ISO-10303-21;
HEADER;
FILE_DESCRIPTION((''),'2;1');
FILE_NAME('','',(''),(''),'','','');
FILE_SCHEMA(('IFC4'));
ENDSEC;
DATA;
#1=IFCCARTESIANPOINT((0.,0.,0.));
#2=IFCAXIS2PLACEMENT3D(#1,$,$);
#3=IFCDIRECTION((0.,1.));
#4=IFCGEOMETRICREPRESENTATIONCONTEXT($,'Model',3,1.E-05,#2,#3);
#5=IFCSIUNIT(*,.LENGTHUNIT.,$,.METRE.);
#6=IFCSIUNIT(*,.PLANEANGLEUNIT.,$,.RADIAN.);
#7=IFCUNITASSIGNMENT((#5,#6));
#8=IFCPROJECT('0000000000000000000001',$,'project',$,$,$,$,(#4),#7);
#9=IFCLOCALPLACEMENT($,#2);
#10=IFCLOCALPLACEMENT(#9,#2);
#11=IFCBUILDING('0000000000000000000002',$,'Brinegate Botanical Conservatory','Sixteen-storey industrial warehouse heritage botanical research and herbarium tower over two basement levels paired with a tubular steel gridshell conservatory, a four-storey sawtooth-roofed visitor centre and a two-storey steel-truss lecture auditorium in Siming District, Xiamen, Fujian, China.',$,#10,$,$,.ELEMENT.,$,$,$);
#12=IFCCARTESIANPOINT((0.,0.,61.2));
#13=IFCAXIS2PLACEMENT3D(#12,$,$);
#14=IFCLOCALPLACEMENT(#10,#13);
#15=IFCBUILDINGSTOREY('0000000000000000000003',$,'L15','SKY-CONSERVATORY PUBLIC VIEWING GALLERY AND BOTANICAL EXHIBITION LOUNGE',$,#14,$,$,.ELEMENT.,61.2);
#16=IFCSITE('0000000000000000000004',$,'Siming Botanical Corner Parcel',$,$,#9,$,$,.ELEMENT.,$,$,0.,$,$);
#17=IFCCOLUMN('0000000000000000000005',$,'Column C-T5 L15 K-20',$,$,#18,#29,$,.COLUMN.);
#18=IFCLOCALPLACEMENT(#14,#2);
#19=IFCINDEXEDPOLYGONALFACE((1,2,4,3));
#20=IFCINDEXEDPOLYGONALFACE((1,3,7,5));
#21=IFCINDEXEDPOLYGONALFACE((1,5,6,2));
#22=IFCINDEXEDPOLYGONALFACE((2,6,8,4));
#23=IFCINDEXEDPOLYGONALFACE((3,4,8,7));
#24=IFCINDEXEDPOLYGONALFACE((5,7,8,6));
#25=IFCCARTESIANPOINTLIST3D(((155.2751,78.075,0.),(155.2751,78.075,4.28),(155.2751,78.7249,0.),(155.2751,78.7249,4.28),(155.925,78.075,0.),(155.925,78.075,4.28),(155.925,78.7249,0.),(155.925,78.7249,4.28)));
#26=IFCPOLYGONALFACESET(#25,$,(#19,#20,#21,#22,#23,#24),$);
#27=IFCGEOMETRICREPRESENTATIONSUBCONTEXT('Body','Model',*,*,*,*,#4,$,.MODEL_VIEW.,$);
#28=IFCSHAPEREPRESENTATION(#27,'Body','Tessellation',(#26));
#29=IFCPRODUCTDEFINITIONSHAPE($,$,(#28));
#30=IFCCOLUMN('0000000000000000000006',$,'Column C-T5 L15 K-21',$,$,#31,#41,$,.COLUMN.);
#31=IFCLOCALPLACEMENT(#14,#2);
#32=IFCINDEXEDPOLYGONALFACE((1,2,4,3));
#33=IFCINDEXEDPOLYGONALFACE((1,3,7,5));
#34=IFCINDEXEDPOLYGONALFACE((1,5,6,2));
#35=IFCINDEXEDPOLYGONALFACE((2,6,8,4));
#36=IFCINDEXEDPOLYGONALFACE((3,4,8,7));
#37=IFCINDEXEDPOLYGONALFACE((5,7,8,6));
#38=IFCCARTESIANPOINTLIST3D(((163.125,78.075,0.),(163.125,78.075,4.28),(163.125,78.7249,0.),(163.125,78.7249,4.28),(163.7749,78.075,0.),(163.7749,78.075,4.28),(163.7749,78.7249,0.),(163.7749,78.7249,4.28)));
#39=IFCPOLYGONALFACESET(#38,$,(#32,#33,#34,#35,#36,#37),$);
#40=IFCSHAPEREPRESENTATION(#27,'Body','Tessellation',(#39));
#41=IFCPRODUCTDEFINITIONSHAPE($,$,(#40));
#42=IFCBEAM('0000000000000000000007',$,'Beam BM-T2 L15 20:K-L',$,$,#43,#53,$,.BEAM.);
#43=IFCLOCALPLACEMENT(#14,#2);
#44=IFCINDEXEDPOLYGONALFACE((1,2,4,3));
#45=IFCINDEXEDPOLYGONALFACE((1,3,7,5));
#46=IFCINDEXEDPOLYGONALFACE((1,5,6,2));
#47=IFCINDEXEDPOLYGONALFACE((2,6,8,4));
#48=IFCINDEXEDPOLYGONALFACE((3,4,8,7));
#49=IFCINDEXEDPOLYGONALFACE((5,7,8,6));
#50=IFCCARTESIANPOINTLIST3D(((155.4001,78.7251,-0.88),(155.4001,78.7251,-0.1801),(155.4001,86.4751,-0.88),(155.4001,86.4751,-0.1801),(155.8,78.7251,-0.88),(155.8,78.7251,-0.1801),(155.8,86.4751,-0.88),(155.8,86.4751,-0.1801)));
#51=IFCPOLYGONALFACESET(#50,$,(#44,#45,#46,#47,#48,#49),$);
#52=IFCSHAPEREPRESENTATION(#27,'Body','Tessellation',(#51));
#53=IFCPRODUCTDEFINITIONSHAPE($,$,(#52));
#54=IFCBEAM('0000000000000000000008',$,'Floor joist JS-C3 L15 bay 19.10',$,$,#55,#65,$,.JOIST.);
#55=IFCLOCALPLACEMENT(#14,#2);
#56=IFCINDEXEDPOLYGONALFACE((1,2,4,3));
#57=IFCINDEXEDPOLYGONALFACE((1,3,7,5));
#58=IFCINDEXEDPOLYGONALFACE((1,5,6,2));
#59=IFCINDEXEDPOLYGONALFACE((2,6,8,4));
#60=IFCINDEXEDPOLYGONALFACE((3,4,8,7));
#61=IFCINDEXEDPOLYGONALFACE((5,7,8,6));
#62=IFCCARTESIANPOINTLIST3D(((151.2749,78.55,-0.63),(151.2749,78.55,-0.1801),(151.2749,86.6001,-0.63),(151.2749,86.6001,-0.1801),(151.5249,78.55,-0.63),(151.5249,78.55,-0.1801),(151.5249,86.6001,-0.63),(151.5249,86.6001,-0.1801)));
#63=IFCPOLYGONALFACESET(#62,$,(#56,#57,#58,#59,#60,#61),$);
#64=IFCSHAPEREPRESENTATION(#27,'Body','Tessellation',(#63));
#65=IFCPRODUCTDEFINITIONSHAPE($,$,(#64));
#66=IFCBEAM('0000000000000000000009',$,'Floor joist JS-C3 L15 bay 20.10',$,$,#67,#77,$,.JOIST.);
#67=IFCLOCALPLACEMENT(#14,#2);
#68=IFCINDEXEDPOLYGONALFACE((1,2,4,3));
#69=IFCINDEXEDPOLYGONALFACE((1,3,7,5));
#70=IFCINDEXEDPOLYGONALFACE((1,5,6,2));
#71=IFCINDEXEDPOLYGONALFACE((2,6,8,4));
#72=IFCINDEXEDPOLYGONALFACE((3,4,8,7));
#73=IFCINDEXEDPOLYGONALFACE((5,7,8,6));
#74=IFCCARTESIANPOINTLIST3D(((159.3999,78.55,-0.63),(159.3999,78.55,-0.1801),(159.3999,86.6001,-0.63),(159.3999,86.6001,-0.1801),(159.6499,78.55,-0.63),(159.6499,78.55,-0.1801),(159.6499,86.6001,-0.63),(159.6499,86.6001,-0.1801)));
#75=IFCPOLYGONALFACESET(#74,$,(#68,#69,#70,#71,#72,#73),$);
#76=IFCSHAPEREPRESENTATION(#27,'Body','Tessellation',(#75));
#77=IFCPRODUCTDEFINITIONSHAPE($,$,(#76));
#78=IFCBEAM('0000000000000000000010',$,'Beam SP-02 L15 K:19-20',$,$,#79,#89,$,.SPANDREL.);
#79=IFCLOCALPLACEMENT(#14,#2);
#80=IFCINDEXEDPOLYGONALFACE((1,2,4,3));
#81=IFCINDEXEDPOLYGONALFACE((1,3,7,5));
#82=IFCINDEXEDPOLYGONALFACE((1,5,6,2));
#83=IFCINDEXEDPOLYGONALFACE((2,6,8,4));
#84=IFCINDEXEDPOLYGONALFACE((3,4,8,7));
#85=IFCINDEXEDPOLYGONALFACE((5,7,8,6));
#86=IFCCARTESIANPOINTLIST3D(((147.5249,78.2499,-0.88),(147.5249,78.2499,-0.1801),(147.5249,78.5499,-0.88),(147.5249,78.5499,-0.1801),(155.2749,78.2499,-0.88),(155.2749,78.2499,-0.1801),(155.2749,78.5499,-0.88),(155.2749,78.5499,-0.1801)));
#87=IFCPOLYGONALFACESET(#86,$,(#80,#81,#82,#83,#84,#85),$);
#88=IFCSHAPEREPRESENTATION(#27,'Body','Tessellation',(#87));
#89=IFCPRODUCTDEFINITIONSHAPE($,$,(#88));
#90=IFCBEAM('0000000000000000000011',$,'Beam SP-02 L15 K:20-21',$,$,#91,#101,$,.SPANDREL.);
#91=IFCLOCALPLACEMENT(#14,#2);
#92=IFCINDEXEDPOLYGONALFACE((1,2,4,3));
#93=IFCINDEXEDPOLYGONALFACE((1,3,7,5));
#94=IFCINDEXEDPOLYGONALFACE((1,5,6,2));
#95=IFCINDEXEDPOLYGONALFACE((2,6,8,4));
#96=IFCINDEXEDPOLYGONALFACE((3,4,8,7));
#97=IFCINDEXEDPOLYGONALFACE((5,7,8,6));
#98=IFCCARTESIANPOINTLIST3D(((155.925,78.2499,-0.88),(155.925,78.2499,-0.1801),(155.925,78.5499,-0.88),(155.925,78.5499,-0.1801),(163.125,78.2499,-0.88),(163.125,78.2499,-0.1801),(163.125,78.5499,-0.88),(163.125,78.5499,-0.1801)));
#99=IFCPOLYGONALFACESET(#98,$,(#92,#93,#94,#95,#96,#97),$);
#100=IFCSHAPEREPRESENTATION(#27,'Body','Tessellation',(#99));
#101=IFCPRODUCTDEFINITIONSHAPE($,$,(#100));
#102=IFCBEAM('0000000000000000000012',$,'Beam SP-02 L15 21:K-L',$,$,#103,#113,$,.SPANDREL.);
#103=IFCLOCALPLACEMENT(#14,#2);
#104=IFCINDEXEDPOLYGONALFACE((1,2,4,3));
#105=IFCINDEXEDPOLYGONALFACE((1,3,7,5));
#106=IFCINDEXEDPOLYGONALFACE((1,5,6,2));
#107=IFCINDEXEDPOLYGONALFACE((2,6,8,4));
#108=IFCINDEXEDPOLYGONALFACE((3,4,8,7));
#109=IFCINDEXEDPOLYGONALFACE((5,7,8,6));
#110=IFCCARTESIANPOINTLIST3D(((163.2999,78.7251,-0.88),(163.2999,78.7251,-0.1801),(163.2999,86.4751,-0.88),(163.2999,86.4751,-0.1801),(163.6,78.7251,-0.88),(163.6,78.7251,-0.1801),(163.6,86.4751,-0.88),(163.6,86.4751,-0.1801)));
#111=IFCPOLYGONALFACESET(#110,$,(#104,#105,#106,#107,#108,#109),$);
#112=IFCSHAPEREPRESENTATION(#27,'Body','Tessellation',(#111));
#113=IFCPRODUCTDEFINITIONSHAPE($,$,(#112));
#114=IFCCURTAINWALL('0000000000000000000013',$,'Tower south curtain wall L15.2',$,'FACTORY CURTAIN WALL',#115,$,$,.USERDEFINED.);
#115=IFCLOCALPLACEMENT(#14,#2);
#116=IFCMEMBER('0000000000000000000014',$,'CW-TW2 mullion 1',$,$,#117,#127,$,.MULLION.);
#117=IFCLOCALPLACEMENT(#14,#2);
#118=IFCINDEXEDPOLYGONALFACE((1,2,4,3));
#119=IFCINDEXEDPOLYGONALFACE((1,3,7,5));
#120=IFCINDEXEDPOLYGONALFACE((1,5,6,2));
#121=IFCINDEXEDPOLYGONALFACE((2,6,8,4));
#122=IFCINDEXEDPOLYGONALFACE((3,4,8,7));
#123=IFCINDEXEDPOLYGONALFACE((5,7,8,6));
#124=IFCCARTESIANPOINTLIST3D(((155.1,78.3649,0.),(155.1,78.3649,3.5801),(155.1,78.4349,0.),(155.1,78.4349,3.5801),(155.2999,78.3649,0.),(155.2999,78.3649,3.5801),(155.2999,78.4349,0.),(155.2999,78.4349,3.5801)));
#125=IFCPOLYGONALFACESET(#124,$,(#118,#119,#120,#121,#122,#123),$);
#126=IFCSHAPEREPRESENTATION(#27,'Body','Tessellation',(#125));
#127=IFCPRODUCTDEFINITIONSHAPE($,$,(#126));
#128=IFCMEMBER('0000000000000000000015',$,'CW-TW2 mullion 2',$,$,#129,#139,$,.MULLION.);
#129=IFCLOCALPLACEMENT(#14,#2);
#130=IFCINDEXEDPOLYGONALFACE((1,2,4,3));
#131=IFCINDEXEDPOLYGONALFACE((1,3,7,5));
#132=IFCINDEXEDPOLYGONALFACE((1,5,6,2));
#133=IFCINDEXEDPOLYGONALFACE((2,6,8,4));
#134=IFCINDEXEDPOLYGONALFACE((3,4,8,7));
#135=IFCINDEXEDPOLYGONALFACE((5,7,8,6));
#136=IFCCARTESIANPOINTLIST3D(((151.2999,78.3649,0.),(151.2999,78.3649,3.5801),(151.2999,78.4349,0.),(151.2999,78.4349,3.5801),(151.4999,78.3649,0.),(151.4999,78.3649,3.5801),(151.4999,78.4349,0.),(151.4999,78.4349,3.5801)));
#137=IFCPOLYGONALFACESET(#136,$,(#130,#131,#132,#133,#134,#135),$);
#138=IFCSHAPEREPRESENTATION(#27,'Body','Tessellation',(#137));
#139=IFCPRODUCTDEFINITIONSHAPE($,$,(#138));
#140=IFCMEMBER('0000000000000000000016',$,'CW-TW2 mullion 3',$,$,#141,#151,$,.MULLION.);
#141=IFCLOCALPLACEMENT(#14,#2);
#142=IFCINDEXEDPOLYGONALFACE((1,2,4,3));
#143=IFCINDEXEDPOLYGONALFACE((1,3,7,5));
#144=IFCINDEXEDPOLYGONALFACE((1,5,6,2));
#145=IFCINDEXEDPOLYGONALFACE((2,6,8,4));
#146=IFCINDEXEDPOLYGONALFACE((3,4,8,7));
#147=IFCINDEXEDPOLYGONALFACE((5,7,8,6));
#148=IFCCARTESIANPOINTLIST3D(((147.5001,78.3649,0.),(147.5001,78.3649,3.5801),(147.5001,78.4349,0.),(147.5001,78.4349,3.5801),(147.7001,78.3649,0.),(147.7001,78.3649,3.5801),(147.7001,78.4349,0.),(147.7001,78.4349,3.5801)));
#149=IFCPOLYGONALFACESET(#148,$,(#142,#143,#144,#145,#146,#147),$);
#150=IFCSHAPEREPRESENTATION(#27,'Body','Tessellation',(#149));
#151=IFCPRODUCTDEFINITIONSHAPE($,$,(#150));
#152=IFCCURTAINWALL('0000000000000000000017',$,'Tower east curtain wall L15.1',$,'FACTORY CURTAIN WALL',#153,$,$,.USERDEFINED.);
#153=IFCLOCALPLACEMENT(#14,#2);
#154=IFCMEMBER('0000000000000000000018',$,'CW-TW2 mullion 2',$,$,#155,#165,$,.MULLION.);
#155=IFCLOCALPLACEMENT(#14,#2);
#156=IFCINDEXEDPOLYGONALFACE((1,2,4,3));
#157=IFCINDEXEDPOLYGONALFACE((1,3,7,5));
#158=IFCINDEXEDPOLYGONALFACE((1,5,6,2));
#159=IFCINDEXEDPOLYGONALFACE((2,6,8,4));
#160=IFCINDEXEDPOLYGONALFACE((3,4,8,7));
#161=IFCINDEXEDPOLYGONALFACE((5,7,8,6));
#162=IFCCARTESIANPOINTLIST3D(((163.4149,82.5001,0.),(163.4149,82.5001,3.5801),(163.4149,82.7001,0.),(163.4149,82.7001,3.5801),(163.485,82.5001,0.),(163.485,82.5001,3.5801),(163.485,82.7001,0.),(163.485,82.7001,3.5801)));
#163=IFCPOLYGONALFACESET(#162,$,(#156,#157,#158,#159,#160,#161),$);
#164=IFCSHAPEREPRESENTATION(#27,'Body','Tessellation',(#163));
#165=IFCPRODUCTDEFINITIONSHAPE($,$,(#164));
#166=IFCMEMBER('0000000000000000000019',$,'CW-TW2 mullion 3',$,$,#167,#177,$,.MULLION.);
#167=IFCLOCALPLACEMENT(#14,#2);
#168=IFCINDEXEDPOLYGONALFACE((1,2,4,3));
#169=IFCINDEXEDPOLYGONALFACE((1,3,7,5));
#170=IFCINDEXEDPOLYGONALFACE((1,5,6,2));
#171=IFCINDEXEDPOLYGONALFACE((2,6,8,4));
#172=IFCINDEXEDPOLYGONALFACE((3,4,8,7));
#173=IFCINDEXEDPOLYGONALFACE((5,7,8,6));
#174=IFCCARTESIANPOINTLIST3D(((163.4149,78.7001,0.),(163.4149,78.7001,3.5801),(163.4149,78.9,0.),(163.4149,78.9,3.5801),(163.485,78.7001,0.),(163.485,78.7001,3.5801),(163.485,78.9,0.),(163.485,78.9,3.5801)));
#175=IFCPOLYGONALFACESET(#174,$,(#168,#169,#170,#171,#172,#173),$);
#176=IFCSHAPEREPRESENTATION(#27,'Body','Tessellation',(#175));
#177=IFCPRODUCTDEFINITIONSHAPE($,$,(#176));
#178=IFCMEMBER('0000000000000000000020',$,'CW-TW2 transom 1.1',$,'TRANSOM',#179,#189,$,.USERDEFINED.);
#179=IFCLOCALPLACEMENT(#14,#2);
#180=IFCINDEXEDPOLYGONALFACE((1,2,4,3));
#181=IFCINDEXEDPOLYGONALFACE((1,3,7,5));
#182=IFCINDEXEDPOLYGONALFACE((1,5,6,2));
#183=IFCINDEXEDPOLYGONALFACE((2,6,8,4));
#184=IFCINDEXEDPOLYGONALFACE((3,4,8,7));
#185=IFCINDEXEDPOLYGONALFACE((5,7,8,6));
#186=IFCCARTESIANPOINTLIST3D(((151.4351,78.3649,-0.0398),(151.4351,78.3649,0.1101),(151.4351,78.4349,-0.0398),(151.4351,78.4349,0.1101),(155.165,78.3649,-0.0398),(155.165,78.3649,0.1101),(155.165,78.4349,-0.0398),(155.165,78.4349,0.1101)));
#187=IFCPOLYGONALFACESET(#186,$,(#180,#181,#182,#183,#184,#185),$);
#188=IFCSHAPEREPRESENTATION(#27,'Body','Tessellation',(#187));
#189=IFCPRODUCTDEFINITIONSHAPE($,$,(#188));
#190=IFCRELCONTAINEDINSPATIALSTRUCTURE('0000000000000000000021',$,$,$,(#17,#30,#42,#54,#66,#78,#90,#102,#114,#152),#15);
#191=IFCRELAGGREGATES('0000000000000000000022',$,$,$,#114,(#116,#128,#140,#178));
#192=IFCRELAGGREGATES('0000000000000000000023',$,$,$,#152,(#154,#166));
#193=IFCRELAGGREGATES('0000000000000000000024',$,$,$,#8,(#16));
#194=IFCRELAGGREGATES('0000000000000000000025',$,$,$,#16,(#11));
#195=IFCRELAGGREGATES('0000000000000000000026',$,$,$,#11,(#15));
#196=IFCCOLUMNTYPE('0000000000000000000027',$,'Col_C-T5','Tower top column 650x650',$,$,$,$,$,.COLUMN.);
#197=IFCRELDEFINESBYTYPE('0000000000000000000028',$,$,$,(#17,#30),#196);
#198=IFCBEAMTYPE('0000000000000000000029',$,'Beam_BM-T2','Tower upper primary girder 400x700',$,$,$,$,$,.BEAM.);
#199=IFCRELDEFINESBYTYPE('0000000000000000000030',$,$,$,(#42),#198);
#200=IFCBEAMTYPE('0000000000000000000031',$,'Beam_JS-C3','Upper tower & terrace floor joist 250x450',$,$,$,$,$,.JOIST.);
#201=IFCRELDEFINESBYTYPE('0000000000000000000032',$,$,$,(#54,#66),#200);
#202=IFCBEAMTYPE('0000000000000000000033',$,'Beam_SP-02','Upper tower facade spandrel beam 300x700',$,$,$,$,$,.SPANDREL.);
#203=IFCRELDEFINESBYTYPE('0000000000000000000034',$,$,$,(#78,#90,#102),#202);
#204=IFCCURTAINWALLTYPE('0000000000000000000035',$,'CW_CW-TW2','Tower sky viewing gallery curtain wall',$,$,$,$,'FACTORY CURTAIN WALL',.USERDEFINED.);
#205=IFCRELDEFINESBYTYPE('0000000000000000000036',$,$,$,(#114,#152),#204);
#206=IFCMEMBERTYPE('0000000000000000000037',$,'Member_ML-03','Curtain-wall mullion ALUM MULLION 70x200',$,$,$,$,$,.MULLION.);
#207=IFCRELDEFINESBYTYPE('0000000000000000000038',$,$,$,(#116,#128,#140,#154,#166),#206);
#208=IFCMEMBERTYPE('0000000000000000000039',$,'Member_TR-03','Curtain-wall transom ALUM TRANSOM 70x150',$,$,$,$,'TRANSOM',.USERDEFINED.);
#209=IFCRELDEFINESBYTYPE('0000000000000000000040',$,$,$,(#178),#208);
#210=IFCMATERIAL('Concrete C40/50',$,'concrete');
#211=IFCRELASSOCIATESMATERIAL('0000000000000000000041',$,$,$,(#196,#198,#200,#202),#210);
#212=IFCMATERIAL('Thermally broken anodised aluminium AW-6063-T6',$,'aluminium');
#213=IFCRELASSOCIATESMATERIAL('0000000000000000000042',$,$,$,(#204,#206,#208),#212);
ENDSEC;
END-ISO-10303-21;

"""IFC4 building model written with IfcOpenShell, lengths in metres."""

from ifc_helpers import new_model, si_unit, direction, frame, origin, origin_2d, place, context, subcontext, project, spatial, rectangle, extrude, material, material_profile, profile_set, type_object, element, aggregate, save


model = new_model("IFC4")

# Units and contexts
model_context = context("Model", 3, precision=1e-05, world=origin(), true_north=direction((0.0, 1.0)))
body_context = subcontext(model_context, "Body", "Model", "MODEL_VIEW")
ifc_project = project(units=[si_unit("LENGTHUNIT", "METRE"), si_unit("PLANEANGLEUNIT", "RADIAN")], contexts=[model_context])

# Site, building, storey
site_placement = place(None, origin())
site = spatial("IfcSite", under=ifc_project, at=site_placement, Name="Siming Botanical Corner Parcel", CompositionType="ELEMENT", RefElevation=0.0)
building_placement = place(site_placement, origin())
building = spatial("IfcBuilding", under=site, at=building_placement, Name="Brinegate Botanical Conservatory", Description="Sixteen-storey industrial warehouse heritage botanical research and herbarium tower over two basement levels paired with a tubular steel gridshell conservatory, a four-storey sawtooth-roofed visitor centre and a two-storey steel-truss lecture auditorium in Siming District, Xiamen, Fujian, China.", CompositionType="ELEMENT")
storey_placement = place(building_placement, frame((0.0, 0.0, 61.2)))
storey = spatial("IfcBuildingStorey", under=building, at=storey_placement, Name="L15", Description="SKY-CONSERVATORY PUBLIC VIEWING GALLERY AND BOTANICAL EXHIBITION LOUNGE", CompositionType="ELEMENT", Elevation=61.2)

# Columns
ifc_material_1 = material(Name="Concrete C40/50", Category="concrete")
ifc_material_profile_1 = material_profile(ifc_material_1, rectangle(XDim=0.6499, YDim=0.6499, at=origin_2d()), Name="RC COL 650x650")
ifc_profile_set_1 = profile_set([ifc_material_profile_1], Name="Concrete C40/50")
column_type = type_object("IfcColumnType", Name="Col_C-T5", Description="Tower top column 650x650", PredefinedType="COLUMN", material=ifc_profile_set_1)
for number, where, z_axis, x_axis, name in (
    (1, (155.6001, 78.3999, 0.0), (0.0, 0.0, 1.0), (1.0, 0.0, 0.0), "Column C-T5 L15 K-20"),
    (2, (163.45, 78.3999, 0.0), (0.0, 0.0, 1.0), (1.0, 0.0, 0.0), "Column C-T5 L15 K-21"),
):
    element("IfcColumn", number, at=place(storey_placement, frame(where, z_axis=z_axis, x_axis=x_axis)), inside=storey, type_object=column_type, Name=name, PredefinedType="COLUMN", context=body_context, shape_type="SweptSolid", body=[
        extrude(rectangle(XDim=0.6499, YDim=0.6499, at=origin_2d()), origin(), (0.0, 0.0, 1.0), 4.28),
    ])

# Beams
ifc_material_profile_2 = material_profile(ifc_material_1, rectangle(XDim=0.3999, YDim=0.7, at=origin_2d()), Name="RC BM 400x700")
ifc_profile_set_2 = profile_set([ifc_material_profile_2], Name="Concrete C40/50")
beam_type_1 = type_object("IfcBeamType", Name="Beam_BM-T2", Description="Tower upper primary girder 400x700", PredefinedType="BEAM", material=ifc_profile_set_2)
beam_1_placement = place(storey_placement, frame((155.6001, 78.7251, -0.53), z_axis=(0.0, 1.0, 0.0), x_axis=(-1.0, 0.0, 0.0)))
element("IfcBeam", 3, at=beam_1_placement, inside=storey, type_object=beam_type_1, Name="Beam BM-T2 L15 20:K-L", PredefinedType="BEAM", context=body_context, shape_type="SweptSolid", body=[
    extrude(rectangle(XDim=0.3999, YDim=0.7, at=origin_2d()), origin(), (0.0, 0.0, 1.0), 7.75),
])
ifc_material_profile_3 = material_profile(ifc_material_1, rectangle(XDim=0.25, YDim=0.45, at=origin_2d()), Name="RC JST 250x450")
ifc_profile_set_3 = profile_set([ifc_material_profile_3], Name="Concrete C40/50")
beam_type_2 = type_object("IfcBeamType", Name="Beam_JS-C3", Description="Upper tower & terrace floor joist 250x450", PredefinedType="JOIST", material=ifc_profile_set_3)
for number, where, z_axis, x_axis, name in (
    (4, (151.3999, 78.55, -0.405), (0.0, 1.0, 0.0), (-1.0, 0.0, 0.0), "Floor joist JS-C3 L15 bay 19.10"),
    (5, (159.5249, 78.55, -0.405), (0.0, 1.0, 0.0), (-1.0, 0.0, 0.0), "Floor joist JS-C3 L15 bay 20.10"),
):
    element("IfcBeam", number, at=place(storey_placement, frame(where, z_axis=z_axis, x_axis=x_axis)), inside=storey, type_object=beam_type_2, Name=name, PredefinedType="JOIST", context=body_context, shape_type="SweptSolid", body=[
        extrude(rectangle(XDim=0.25, YDim=0.45, at=origin_2d()), origin(), (0.0, 0.0, 1.0), 8.05),
    ])
ifc_material_profile_4 = material_profile(ifc_material_1, rectangle(XDim=0.3, YDim=0.7, at=origin_2d()), Name="RC SPN 300x700")
ifc_profile_set_4 = profile_set([ifc_material_profile_4], Name="Concrete C40/50")
beam_type_3 = type_object("IfcBeamType", Name="Beam_SP-02", Description="Upper tower facade spandrel beam 300x700", PredefinedType="SPANDREL", material=ifc_profile_set_4)
beam_2_placement = place(storey_placement, frame((147.5249, 78.3999, -0.53), z_axis=(1.0, 0.0, 0.0), x_axis=(0.0, 1.0, 0.0)))
element("IfcBeam", 6, at=beam_2_placement, inside=storey, type_object=beam_type_3, Name="Beam SP-02 L15 K:19-20", PredefinedType="SPANDREL", context=body_context, shape_type="SweptSolid", body=[
    extrude(rectangle(XDim=0.3, YDim=0.7, at=origin_2d()), origin(), (0.0, 0.0, 1.0), 7.75),
])
beam_3_placement = place(storey_placement, frame((155.925, 78.3999, -0.53), z_axis=(1.0, 0.0, 0.0), x_axis=(0.0, 1.0, 0.0)))
element("IfcBeam", 7, at=beam_3_placement, inside=storey, type_object=beam_type_3, Name="Beam SP-02 L15 K:20-21", PredefinedType="SPANDREL", context=body_context, shape_type="SweptSolid", body=[
    extrude(rectangle(XDim=0.3, YDim=0.7, at=origin_2d()), origin(), (0.0, 0.0, 1.0), 7.2),
])
beam_4_placement = place(storey_placement, frame((163.45, 78.7251, -0.53), z_axis=(0.0, 1.0, 0.0), x_axis=(-1.0, 0.0, 0.0)))
element("IfcBeam", 8, at=beam_4_placement, inside=storey, type_object=beam_type_3, Name="Beam SP-02 L15 21:K-L", PredefinedType="SPANDREL", context=body_context, shape_type="SweptSolid", body=[
    extrude(rectangle(XDim=0.3, YDim=0.7, at=origin_2d()), origin(), (0.0, 0.0, 1.0), 7.75),
])

# Curtain walls, members
ifc_material_2 = material(Name="Thermally broken anodised aluminium AW-6063-T6", Category="aluminium")
curtain_wall_type = type_object("IfcCurtainWallType", Name="CW_CW-TW2", Description="Tower sky viewing gallery curtain wall", ElementType="FACTORY CURTAIN WALL", PredefinedType="USERDEFINED", material=ifc_material_2)
curtain_wall_1_placement = place(storey_placement, origin())
curtain_wall_1 = element("IfcCurtainWall", 9, at=curtain_wall_1_placement, inside=storey, type_object=curtain_wall_type, Name="Tower south curtain wall L15.2", ObjectType="FACTORY CURTAIN WALL", PredefinedType="USERDEFINED")
ifc_material_profile_5 = material_profile(ifc_material_2, rectangle(XDim=0.0701, YDim=0.2, at=origin_2d()), Name="ALUM MULLION 70x200")
ifc_profile_set_5 = profile_set([ifc_material_profile_5], Name="Thermally broken anodised aluminium AW-6063-T6")
member_type_1 = type_object("IfcMemberType", Name="Member_ML-03", Description="Curtain-wall mullion ALUM MULLION 70x200", PredefinedType="MULLION", material=ifc_profile_set_5)
member_1_placement = place(storey_placement, frame((155.2, 78.3999, 0.0), z_axis=(0.0, 0.0, 1.0), x_axis=(0.0, -1.0, 0.0)))
member_1 = element("IfcMember", 10, at=member_1_placement, type_object=member_type_1, Name="CW-TW2 mullion 1", PredefinedType="MULLION", context=body_context, shape_type="SweptSolid", body=[
    extrude(rectangle(XDim=0.0701, YDim=0.2, at=origin_2d()), origin(), (0.0, 0.0, 1.0), 3.5801),
])
member_2_placement = place(storey_placement, frame((151.3999, 78.3999, 0.0), z_axis=(0.0, 0.0, 1.0), x_axis=(0.0, -1.0, 0.0)))
member_2 = element("IfcMember", 11, at=member_2_placement, type_object=member_type_1, Name="CW-TW2 mullion 2", PredefinedType="MULLION", context=body_context, shape_type="SweptSolid", body=[
    extrude(rectangle(XDim=0.0701, YDim=0.2, at=origin_2d()), origin(), (0.0, 0.0, 1.0), 3.5801),
])
member_3_placement = place(storey_placement, frame((147.6001, 78.3999, 0.0), z_axis=(0.0, 0.0, 1.0), x_axis=(0.0, -1.0, 0.0)))
member_3 = element("IfcMember", 12, at=member_3_placement, type_object=member_type_1, Name="CW-TW2 mullion 3", PredefinedType="MULLION", context=body_context, shape_type="SweptSolid", body=[
    extrude(rectangle(XDim=0.0701, YDim=0.2, at=origin_2d()), origin(), (0.0, 0.0, 1.0), 3.5801),
])
curtain_wall_2_placement = place(storey_placement, origin())
curtain_wall_2 = element("IfcCurtainWall", 13, at=curtain_wall_2_placement, inside=storey, type_object=curtain_wall_type, Name="Tower east curtain wall L15.1", ObjectType="FACTORY CURTAIN WALL", PredefinedType="USERDEFINED")
member_4_placement = place(storey_placement, frame((163.45, 82.6001, 0.0), z_axis=(0.0, 0.0, 1.0), x_axis=(1.0, 0.0, 0.0)))
member_4 = element("IfcMember", 14, at=member_4_placement, type_object=member_type_1, Name="CW-TW2 mullion 2", PredefinedType="MULLION", context=body_context, shape_type="SweptSolid", body=[
    extrude(rectangle(XDim=0.0701, YDim=0.2, at=origin_2d()), origin(), (0.0, 0.0, 1.0), 3.5801),
])
member_5_placement = place(storey_placement, frame((163.45, 78.8, 0.0), z_axis=(0.0, 0.0, 1.0), x_axis=(1.0, 0.0, 0.0)))
member_5 = element("IfcMember", 15, at=member_5_placement, type_object=member_type_1, Name="CW-TW2 mullion 3", PredefinedType="MULLION", context=body_context, shape_type="SweptSolid", body=[
    extrude(rectangle(XDim=0.0701, YDim=0.2, at=origin_2d()), origin(), (0.0, 0.0, 1.0), 3.5801),
])

# Member
ifc_material_profile_6 = material_profile(ifc_material_2, rectangle(XDim=0.0701, YDim=0.1499, at=origin_2d()), Name="ALUM TRANSOM 70x150")
ifc_profile_set_6 = profile_set([ifc_material_profile_6], Name="Thermally broken anodised aluminium AW-6063-T6")
member_type_2 = type_object("IfcMemberType", Name="Member_TR-03", Description="Curtain-wall transom ALUM TRANSOM 70x150", ElementType="TRANSOM", PredefinedType="USERDEFINED", material=ifc_profile_set_6)
member_6_placement = place(storey_placement, frame((155.165, 78.3999, 0.0352), z_axis=(-1.0, 0.0, 0.0), x_axis=(0.0, -1.0, 0.0)))
member_6 = element("IfcMember", 16, at=member_6_placement, type_object=member_type_2, Name="CW-TW2 transom 1.1", ObjectType="TRANSOM", PredefinedType="USERDEFINED", context=body_context, shape_type="SweptSolid", body=[
    extrude(rectangle(XDim=0.0701, YDim=0.1499, at=origin_2d()), origin(), (0.0, 0.0, 1.0), 3.73),
])

aggregate(curtain_wall_1, [member_1, member_2, member_3, member_6])
aggregate(curtain_wall_2, [member_4, member_5])

save(model, "model.ifc")
